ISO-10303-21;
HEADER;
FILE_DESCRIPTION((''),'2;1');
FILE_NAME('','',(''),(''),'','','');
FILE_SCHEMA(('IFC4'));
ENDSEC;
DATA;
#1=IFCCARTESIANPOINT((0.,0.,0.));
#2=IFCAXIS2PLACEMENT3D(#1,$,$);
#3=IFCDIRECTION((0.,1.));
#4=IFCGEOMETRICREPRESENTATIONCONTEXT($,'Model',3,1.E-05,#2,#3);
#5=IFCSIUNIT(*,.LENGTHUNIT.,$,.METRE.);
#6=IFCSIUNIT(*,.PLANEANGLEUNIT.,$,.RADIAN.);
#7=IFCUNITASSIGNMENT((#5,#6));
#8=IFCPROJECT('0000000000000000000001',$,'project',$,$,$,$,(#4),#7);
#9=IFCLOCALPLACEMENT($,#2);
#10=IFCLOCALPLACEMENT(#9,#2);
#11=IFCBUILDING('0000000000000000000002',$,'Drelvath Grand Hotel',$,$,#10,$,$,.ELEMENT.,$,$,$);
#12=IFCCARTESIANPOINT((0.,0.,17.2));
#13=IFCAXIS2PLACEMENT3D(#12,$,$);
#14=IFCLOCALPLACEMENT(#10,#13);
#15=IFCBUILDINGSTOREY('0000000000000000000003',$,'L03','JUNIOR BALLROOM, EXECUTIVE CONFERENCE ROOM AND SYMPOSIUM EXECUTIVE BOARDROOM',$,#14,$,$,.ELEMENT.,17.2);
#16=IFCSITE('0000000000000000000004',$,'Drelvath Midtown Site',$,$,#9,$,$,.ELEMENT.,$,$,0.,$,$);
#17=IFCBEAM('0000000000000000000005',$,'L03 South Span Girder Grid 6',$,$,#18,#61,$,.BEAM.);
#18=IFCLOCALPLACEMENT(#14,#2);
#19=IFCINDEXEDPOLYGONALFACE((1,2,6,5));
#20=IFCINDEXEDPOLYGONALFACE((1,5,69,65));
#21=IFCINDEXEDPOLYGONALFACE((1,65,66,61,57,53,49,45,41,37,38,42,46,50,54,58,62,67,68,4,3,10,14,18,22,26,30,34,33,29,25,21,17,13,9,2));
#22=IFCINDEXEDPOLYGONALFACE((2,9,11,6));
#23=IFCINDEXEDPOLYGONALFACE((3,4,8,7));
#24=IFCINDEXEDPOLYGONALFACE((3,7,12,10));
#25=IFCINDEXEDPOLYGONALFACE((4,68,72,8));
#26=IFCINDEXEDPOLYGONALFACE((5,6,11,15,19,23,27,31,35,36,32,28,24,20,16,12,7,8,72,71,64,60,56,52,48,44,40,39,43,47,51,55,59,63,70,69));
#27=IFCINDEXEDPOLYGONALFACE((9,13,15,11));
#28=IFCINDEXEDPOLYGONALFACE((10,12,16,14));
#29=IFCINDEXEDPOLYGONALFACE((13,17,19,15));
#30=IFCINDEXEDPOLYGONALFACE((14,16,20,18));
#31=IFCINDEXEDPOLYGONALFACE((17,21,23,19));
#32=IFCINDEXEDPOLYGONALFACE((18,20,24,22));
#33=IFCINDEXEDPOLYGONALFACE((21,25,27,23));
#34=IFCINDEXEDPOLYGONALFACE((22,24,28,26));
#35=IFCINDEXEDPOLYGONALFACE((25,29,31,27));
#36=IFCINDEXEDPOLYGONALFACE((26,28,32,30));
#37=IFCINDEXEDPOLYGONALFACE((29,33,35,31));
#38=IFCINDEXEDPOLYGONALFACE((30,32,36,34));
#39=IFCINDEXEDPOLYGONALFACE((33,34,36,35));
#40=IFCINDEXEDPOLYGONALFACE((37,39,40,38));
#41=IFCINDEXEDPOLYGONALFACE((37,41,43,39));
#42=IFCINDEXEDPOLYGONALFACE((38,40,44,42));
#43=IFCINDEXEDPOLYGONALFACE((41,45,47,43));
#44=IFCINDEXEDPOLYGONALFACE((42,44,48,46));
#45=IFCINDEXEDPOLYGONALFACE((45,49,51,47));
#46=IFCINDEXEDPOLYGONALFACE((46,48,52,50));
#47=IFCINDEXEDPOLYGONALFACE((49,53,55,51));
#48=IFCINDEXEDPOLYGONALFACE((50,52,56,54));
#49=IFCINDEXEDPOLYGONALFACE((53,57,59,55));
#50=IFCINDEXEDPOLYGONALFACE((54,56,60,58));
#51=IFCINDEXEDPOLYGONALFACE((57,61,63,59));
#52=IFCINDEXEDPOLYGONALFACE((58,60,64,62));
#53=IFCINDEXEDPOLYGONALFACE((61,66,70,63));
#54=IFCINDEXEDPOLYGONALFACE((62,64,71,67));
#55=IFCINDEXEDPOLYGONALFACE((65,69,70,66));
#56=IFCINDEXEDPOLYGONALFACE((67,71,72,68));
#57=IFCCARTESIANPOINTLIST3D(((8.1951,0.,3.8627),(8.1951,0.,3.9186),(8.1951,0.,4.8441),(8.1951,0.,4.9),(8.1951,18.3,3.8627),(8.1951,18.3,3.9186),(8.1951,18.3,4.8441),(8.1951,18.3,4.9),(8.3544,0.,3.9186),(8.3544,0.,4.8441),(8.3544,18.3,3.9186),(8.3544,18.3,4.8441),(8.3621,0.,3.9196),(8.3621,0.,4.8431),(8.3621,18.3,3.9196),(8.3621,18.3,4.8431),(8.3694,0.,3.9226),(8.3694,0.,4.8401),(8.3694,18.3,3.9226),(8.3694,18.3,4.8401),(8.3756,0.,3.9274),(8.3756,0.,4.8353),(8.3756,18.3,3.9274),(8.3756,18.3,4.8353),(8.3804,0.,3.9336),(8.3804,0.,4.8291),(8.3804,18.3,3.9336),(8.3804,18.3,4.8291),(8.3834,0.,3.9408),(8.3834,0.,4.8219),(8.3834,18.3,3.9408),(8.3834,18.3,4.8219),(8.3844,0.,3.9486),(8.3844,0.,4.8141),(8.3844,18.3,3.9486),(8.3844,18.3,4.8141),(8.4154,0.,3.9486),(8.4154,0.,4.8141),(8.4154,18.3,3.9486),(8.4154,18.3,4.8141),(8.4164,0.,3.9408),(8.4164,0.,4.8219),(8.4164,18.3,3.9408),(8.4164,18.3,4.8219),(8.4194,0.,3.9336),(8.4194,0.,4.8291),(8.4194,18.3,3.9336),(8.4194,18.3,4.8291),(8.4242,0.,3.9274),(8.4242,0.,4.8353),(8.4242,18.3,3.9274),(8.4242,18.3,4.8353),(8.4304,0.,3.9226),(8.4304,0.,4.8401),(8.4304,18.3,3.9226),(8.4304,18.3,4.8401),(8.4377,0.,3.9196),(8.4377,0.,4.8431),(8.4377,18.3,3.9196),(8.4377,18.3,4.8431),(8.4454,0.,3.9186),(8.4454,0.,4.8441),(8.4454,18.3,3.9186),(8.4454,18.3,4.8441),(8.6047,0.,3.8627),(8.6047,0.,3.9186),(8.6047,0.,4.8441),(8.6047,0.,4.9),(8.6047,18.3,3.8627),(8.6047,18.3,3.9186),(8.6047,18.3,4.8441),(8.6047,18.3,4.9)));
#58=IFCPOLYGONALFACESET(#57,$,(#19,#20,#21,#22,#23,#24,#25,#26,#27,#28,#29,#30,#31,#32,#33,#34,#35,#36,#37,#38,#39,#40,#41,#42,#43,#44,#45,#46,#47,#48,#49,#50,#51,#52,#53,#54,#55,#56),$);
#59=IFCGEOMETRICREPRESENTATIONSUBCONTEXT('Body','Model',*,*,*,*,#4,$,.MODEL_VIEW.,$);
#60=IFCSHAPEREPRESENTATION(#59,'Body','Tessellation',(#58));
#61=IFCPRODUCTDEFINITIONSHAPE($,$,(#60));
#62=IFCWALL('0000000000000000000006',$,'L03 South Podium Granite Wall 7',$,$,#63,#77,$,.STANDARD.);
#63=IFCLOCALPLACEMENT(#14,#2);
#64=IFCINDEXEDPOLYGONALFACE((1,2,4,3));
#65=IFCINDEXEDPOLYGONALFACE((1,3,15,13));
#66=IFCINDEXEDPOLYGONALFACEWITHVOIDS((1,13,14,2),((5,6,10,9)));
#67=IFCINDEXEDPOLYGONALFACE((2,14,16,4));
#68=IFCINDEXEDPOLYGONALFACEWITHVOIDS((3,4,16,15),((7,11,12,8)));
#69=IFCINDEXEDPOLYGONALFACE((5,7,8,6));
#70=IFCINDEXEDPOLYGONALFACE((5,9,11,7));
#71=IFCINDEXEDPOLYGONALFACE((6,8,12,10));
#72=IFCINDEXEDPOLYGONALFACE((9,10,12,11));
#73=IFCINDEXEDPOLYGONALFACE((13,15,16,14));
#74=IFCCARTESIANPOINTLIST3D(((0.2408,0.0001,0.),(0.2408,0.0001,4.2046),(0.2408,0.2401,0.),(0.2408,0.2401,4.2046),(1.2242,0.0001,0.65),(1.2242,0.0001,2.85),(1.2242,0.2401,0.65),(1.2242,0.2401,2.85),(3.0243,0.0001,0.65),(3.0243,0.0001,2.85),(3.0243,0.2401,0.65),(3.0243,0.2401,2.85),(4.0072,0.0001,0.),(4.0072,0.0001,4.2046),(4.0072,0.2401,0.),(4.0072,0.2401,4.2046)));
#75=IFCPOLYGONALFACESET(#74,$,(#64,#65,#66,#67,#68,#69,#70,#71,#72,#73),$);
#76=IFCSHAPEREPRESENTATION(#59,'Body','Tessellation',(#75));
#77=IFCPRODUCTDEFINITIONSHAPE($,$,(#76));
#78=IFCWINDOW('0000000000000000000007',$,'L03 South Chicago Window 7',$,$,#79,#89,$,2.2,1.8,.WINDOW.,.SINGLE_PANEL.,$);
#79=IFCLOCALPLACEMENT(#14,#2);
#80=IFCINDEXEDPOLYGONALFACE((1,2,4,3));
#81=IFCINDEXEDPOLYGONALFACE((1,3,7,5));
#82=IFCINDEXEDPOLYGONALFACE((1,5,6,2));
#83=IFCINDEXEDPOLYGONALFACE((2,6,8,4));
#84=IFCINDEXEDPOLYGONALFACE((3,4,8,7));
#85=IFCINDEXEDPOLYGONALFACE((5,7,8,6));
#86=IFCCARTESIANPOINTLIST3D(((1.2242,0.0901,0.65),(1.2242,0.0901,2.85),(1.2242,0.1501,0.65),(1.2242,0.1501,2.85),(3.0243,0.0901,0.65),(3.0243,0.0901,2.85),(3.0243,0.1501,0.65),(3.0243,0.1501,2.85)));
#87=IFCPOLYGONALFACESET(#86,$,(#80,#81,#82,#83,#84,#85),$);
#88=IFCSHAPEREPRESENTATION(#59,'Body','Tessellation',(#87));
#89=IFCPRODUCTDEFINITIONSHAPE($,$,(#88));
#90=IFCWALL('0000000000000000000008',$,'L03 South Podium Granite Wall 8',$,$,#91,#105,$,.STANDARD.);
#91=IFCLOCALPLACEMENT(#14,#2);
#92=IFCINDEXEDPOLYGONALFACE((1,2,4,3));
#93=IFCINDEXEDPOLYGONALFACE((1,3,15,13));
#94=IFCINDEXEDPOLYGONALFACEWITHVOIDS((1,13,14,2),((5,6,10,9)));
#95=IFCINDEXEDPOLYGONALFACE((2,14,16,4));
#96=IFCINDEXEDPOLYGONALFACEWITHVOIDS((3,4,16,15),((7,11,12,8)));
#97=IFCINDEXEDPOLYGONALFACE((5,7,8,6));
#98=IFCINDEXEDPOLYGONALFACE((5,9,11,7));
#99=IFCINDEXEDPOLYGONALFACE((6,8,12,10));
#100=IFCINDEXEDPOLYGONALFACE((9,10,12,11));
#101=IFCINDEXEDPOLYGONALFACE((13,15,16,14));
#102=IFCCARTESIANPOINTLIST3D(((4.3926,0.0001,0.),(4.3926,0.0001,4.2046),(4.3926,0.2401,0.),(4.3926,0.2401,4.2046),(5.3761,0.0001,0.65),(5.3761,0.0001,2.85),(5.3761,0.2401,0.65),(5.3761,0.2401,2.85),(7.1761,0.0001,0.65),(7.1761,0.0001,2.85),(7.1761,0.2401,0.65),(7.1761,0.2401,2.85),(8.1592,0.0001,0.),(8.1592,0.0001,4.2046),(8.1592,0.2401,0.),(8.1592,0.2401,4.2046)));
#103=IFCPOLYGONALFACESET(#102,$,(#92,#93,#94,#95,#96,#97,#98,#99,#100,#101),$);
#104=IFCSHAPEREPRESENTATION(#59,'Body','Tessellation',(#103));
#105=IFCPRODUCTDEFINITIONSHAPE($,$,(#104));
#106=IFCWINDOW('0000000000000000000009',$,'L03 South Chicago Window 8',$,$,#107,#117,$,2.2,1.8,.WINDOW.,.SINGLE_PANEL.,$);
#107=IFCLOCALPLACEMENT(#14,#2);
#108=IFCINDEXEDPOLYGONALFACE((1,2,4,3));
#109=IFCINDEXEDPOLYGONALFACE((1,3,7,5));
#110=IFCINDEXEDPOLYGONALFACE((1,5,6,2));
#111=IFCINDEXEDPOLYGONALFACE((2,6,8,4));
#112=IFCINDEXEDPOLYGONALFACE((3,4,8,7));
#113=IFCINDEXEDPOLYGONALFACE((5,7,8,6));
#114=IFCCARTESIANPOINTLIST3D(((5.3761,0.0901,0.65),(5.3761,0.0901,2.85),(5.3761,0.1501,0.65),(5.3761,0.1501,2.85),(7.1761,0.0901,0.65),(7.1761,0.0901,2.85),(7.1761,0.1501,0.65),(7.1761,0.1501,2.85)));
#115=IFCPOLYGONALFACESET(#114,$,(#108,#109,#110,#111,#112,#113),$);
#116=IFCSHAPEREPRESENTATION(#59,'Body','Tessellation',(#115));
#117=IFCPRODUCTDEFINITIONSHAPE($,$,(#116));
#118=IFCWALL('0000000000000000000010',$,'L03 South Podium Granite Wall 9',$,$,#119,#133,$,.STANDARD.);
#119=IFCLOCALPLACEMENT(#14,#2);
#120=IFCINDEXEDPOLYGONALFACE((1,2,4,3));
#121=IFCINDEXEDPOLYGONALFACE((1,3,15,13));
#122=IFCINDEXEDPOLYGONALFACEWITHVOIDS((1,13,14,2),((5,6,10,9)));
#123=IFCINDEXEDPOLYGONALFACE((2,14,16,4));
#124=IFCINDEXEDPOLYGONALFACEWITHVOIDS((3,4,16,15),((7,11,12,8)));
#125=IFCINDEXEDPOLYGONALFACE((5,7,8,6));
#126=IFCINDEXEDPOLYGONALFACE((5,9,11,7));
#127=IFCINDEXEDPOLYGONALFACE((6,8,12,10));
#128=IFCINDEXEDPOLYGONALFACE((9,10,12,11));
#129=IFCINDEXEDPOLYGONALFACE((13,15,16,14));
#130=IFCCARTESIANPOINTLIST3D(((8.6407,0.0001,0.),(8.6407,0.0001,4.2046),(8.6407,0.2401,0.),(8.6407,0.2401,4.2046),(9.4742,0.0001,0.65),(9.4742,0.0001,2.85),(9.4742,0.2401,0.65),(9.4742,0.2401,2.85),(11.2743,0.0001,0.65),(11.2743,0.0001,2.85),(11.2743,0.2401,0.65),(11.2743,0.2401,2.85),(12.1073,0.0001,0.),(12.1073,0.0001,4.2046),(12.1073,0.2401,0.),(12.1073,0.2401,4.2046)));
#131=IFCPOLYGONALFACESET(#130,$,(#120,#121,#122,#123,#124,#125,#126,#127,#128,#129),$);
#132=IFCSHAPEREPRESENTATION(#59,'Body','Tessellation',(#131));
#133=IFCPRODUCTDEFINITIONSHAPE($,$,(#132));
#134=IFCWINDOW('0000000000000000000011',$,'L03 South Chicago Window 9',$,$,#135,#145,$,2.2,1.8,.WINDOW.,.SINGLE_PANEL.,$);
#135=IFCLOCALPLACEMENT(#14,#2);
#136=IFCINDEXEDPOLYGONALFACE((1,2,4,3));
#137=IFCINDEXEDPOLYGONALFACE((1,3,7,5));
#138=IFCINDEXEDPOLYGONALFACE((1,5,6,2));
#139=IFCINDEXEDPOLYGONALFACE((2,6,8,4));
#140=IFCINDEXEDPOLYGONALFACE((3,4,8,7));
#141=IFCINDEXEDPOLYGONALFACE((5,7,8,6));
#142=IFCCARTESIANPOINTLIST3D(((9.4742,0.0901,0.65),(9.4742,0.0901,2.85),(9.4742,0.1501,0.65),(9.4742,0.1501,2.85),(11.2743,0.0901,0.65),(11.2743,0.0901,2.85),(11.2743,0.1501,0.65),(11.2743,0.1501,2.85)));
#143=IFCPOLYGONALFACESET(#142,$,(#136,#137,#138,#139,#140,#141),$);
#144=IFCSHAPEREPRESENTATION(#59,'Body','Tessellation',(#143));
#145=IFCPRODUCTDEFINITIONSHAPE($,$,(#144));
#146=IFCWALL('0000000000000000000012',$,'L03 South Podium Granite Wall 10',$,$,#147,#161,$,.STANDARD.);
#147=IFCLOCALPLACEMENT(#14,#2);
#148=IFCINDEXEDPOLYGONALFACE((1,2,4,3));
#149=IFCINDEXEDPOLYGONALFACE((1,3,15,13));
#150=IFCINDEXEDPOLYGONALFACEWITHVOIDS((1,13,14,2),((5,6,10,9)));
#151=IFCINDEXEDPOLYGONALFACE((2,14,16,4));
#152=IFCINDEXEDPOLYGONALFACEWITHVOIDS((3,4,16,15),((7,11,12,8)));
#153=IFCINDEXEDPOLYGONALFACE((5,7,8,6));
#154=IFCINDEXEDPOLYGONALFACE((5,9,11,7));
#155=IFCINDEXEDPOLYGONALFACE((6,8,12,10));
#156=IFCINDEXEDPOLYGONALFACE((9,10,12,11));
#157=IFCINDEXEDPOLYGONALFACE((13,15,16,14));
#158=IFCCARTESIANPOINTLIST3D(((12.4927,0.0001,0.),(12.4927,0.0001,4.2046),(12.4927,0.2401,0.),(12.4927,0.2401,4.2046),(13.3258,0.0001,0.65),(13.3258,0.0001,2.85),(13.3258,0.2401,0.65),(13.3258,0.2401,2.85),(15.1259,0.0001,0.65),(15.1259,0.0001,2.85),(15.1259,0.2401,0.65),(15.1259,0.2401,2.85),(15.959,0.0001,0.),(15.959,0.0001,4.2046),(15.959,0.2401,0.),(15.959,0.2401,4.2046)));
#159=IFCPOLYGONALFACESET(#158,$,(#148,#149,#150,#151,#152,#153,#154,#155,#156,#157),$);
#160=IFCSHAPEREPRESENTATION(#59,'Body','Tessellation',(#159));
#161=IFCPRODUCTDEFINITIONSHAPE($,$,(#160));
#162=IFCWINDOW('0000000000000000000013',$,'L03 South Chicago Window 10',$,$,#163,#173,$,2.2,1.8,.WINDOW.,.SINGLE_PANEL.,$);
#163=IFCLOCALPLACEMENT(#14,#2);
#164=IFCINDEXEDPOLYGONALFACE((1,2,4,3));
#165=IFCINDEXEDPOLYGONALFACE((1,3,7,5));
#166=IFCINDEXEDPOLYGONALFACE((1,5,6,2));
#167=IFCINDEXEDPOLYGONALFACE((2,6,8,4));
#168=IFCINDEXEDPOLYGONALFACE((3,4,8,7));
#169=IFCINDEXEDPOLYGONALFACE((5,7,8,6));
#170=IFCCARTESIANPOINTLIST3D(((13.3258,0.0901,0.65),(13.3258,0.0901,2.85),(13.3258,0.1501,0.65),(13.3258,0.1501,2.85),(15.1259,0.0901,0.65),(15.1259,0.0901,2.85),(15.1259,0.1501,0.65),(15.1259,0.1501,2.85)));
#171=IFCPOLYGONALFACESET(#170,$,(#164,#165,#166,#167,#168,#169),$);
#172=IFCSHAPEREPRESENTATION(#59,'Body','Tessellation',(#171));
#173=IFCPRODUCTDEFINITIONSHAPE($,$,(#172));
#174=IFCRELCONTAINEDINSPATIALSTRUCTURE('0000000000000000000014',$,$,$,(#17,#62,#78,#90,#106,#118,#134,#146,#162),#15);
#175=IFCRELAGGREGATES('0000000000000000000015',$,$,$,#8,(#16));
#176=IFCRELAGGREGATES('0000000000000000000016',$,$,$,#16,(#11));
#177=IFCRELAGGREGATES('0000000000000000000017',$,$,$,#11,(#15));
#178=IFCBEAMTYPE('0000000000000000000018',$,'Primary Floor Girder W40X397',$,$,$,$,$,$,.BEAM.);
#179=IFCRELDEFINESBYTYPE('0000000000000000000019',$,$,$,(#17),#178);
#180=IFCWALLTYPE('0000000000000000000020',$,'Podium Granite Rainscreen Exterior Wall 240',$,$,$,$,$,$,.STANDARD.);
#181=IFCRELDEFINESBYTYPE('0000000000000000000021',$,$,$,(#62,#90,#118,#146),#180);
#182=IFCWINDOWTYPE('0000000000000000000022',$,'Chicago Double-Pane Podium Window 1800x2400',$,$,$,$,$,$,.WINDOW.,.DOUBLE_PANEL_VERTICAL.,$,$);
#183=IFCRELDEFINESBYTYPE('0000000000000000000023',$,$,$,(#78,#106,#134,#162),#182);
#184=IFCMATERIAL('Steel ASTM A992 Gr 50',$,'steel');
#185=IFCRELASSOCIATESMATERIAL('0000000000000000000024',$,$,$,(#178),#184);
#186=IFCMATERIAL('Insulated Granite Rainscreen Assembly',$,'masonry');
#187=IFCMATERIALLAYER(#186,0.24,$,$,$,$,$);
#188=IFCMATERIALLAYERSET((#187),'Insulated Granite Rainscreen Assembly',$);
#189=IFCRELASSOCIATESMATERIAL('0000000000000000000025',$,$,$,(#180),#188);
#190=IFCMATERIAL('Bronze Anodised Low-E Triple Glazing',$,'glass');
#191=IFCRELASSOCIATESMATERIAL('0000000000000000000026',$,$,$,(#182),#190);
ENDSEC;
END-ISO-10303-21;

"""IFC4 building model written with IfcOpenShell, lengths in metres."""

from ifc_helpers import new_model, si_unit, direction, frame, frame_2d, origin, origin_2d, place, context, subcontext, project, spatial, rectangle, i_section, extrude, material, layer, layer_set, material_profile, profile_set, type_object, element, fill, save


model = new_model("IFC4")

# Units and contexts
model_context = context("Model", 3, precision=1e-05, world=origin(), true_north=direction((0.0, 1.0)))
body_context = subcontext(model_context, "Body", "Model", "MODEL_VIEW")
ifc_project = project(units=[si_unit("LENGTHUNIT", "METRE"), si_unit("PLANEANGLEUNIT", "RADIAN")], contexts=[model_context])

# Site, building, storey
site_placement = place(None, origin())
site = spatial("IfcSite", under=ifc_project, at=site_placement, Name="Drelvath Midtown Site", CompositionType="ELEMENT", RefElevation=0.0)
building_placement = place(site_placement, origin())
building = spatial("IfcBuilding", under=site, at=building_placement, Name="Drelvath Grand Hotel", CompositionType="ELEMENT")
storey_placement = place(building_placement, frame((0.0, 0.0, 17.2)))
storey = spatial("IfcBuildingStorey", under=building, at=storey_placement, Name="L03", Description="JUNIOR BALLROOM, EXECUTIVE CONFERENCE ROOM AND SYMPOSIUM EXECUTIVE BOARDROOM", CompositionType="ELEMENT", Elevation=17.2)

# Beam
ifc_material_1 = material(Name="Steel ASTM A992 Gr 50", Category="steel")
ifc_material_profile_1 = material_profile(ifc_material_1, i_section(OverallWidth=0.4097, OverallDepth=1.0374, WebThickness=0.031, FlangeThickness=0.0559, FilletRadius=0.03, at=origin_2d()), Name="W40X397")
ifc_profile_set_1 = profile_set([ifc_material_profile_1], Name="Steel ASTM A992 Gr 50")
beam_type_1 = type_object("IfcBeamType", Name="Primary Floor Girder W40X397", PredefinedType="BEAM", material=ifc_profile_set_1)
beam_1_placement = place(storey_placement, frame((8.3999, 0.0, 4.3813), z_axis=(0.0, 1.0, 0.0), x_axis=(-1.0, 0.0, 0.0)))
element("IfcBeam", 1, at=beam_1_placement, inside=storey, type_object=beam_type_1, Name="L03 South Span Girder Grid 6", PredefinedType="BEAM", context=body_context, shape_type="SweptSolid", body=[
    extrude(i_section(OverallWidth=0.4097, OverallDepth=1.0374, WebThickness=0.031, FlangeThickness=0.0559, FilletRadius=0.03, at=origin_2d()), origin(), (0.0, 0.0, 1.0), 18.3),
])

# Walls, openings, windows
ifc_material_2 = material(Name="Insulated Granite Rainscreen Assembly", Category="masonry")
ifc_layer_1 = layer(ifc_material_2, 0.24)
ifc_layer_set_1 = layer_set([ifc_layer_1], Name="Insulated Granite Rainscreen Assembly")
wall_type_1 = type_object("IfcWallType", Name="Podium Granite Rainscreen Exterior Wall 240", PredefinedType="STANDARD", material=ifc_layer_set_1)
wall_1_placement = place(storey_placement, frame((4.0073, 0.1201, 0.0), z_axis=(0.0, 0.0, 1.0), x_axis=(-1.0, 0.0, 0.0)))
wall_1 = element("IfcWall", 2, at=wall_1_placement, inside=storey, type_object=wall_type_1, Name="L03 South Podium Granite Wall 7", PredefinedType="STANDARD", context=body_context, shape_type="SweptSolid", body=[
    extrude(rectangle(XDim=3.7664, YDim=0.24, at=frame_2d((1.8833, 0.0))), origin(), (0.0, 0.0, 1.0), 4.2046),
])
opening_1_placement = place(wall_1_placement, frame((0.9832, 0.0, 0.6499)))
opening_1 = element("IfcOpeningElement", 3, at=opening_1_placement, cuts=wall_1, PredefinedType="OPENING", context=body_context, shape_type="SweptSolid", body=[
    extrude(rectangle(XDim=1.8, YDim=2.2, at=frame_2d((0.8999, 1.1001))), frame((0.0, 0.1299, 0.0), z_axis=(0.0, -1.0, 0.0), x_axis=(1.0, 0.0, 0.0)), (0.0, 0.0, 1.0), 0.26),
])
ifc_material_3 = material(Name="Bronze Anodised Low-E Triple Glazing", Category="glass")
window_type = type_object("IfcWindowType", Name="Chicago Double-Pane Podium Window 1800x2400", PartitioningType="DOUBLE_PANEL_VERTICAL", PredefinedType="WINDOW", material=ifc_material_3)
window_1_placement = place(opening_1_placement, origin())
window_1 = element("IfcWindow", 4, at=window_1_placement, inside=storey, type_object=window_type, Name="L03 South Chicago Window 7", OverallHeight=2.2, OverallWidth=1.8, PartitioningType="SINGLE_PANEL", PredefinedType="WINDOW", context=body_context, shape_type="SweptSolid", body=[
    extrude(rectangle(XDim=1.8, YDim=2.2, at=frame_2d((0.8999, 1.1001))), frame((0.0, 0.03, 0.0), z_axis=(0.0, -1.0, 0.0), x_axis=(1.0, 0.0, 0.0)), (0.0, 0.0, 1.0), 0.0601),
])
fill(opening_1, window_1)
wall_2_placement = place(storey_placement, frame((8.1592, 0.1201, 0.0), z_axis=(0.0, 0.0, 1.0), x_axis=(-1.0, 0.0, 0.0)))
wall_2 = element("IfcWall", 5, at=wall_2_placement, inside=storey, type_object=wall_type_1, Name="L03 South Podium Granite Wall 8", PredefinedType="STANDARD", context=body_context, shape_type="SweptSolid", body=[
    extrude(rectangle(XDim=3.7666, YDim=0.24, at=frame_2d((1.8833, 0.0))), origin(), (0.0, 0.0, 1.0), 4.2046),
])
opening_2_placement = place(wall_2_placement, frame((0.9832, 0.0, 0.6499)))
opening_2 = element("IfcOpeningElement", 6, at=opening_2_placement, cuts=wall_2, PredefinedType="OPENING", context=body_context, shape_type="SweptSolid", body=[
    extrude(rectangle(XDim=1.8, YDim=2.2, at=frame_2d((0.8999, 1.1001))), frame((0.0, 0.1299, 0.0), z_axis=(0.0, -1.0, 0.0), x_axis=(1.0, 0.0, 0.0)), (0.0, 0.0, 1.0), 0.26),
])
window_2_placement = place(opening_2_placement, origin())
window_2 = element("IfcWindow", 7, at=window_2_placement, inside=storey, type_object=window_type, Name="L03 South Chicago Window 8", OverallHeight=2.2, OverallWidth=1.8, PartitioningType="SINGLE_PANEL", PredefinedType="WINDOW", context=body_context, shape_type="SweptSolid", body=[
    extrude(rectangle(XDim=1.8, YDim=2.2, at=frame_2d((0.8999, 1.1001))), frame((0.0, 0.03, 0.0), z_axis=(0.0, -1.0, 0.0), x_axis=(1.0, 0.0, 0.0)), (0.0, 0.0, 1.0), 0.0601),
])
fill(opening_2, window_2)
wall_3_placement = place(storey_placement, frame((12.1074, 0.1201, 0.0), z_axis=(0.0, 0.0, 1.0), x_axis=(-1.0, 0.0, 0.0)))
wall_3 = element("IfcWall", 8, at=wall_3_placement, inside=storey, type_object=wall_type_1, Name="L03 South Podium Granite Wall 9", PredefinedType="STANDARD", context=body_context, shape_type="SweptSolid", body=[
    extrude(rectangle(XDim=3.4666, YDim=0.24, at=frame_2d((1.7334, 0.0))), origin(), (0.0, 0.0, 1.0), 4.2046),
])
opening_3_placement = place(wall_3_placement, frame((0.8333, 0.0, 0.6499)))
opening_3 = element("IfcOpeningElement", 9, at=opening_3_placement, cuts=wall_3, PredefinedType="OPENING", context=body_context, shape_type="SweptSolid", body=[
    extrude(rectangle(XDim=1.8, YDim=2.2, at=frame_2d((0.8999, 1.1001))), frame((0.0, 0.1299, 0.0), z_axis=(0.0, -1.0, 0.0), x_axis=(1.0, 0.0, 0.0)), (0.0, 0.0, 1.0), 0.26),
])
window_3_placement = place(opening_3_placement, origin())
window_3 = element("IfcWindow", 10, at=window_3_placement, inside=storey, type_object=window_type, Name="L03 South Chicago Window 9", OverallHeight=2.2, OverallWidth=1.8, PartitioningType="SINGLE_PANEL", PredefinedType="WINDOW", context=body_context, shape_type="SweptSolid", body=[
    extrude(rectangle(XDim=1.8, YDim=2.2, at=frame_2d((0.8999, 1.1001))), frame((0.0, 0.03, 0.0), z_axis=(0.0, -1.0, 0.0), x_axis=(1.0, 0.0, 0.0)), (0.0, 0.0, 1.0), 0.0601),
])
fill(opening_3, window_3)
wall_4_placement = place(storey_placement, frame((15.959, 0.1201, 0.0), z_axis=(0.0, 0.0, 1.0), x_axis=(-1.0, 0.0, 0.0)))
wall_4 = element("IfcWall", 11, at=wall_4_placement, inside=storey, type_object=wall_type_1, Name="L03 South Podium Granite Wall 10", PredefinedType="STANDARD", context=body_context, shape_type="SweptSolid", body=[
    extrude(rectangle(XDim=3.4663, YDim=0.24, at=frame_2d((1.7332, 0.0))), origin(), (0.0, 0.0, 1.0), 4.2046),
])
opening_4_placement = place(wall_4_placement, frame((0.8333, 0.0, 0.6499)))
opening_4 = element("IfcOpeningElement", 12, at=opening_4_placement, cuts=wall_4, PredefinedType="OPENING", context=body_context, shape_type="SweptSolid", body=[
    extrude(rectangle(XDim=1.8, YDim=2.2, at=frame_2d((0.8999, 1.1001))), frame((0.0, 0.1299, 0.0), z_axis=(0.0, -1.0, 0.0), x_axis=(1.0, 0.0, 0.0)), (0.0, 0.0, 1.0), 0.26),
])
window_4_placement = place(opening_4_placement, origin())
window_4 = element("IfcWindow", 13, at=window_4_placement, inside=storey, type_object=window_type, Name="L03 South Chicago Window 10", OverallHeight=2.2, OverallWidth=1.8, PartitioningType="SINGLE_PANEL", PredefinedType="WINDOW", context=body_context, shape_type="SweptSolid", body=[
    extrude(rectangle(XDim=1.8, YDim=2.2, at=frame_2d((0.8999, 1.1001))), frame((0.0, 0.03, 0.0), z_axis=(0.0, -1.0, 0.0), x_axis=(1.0, 0.0, 0.0)), (0.0, 0.0, 1.0), 0.0601),
])
fill(opening_4, window_4)

save(model, "model.ifc")
